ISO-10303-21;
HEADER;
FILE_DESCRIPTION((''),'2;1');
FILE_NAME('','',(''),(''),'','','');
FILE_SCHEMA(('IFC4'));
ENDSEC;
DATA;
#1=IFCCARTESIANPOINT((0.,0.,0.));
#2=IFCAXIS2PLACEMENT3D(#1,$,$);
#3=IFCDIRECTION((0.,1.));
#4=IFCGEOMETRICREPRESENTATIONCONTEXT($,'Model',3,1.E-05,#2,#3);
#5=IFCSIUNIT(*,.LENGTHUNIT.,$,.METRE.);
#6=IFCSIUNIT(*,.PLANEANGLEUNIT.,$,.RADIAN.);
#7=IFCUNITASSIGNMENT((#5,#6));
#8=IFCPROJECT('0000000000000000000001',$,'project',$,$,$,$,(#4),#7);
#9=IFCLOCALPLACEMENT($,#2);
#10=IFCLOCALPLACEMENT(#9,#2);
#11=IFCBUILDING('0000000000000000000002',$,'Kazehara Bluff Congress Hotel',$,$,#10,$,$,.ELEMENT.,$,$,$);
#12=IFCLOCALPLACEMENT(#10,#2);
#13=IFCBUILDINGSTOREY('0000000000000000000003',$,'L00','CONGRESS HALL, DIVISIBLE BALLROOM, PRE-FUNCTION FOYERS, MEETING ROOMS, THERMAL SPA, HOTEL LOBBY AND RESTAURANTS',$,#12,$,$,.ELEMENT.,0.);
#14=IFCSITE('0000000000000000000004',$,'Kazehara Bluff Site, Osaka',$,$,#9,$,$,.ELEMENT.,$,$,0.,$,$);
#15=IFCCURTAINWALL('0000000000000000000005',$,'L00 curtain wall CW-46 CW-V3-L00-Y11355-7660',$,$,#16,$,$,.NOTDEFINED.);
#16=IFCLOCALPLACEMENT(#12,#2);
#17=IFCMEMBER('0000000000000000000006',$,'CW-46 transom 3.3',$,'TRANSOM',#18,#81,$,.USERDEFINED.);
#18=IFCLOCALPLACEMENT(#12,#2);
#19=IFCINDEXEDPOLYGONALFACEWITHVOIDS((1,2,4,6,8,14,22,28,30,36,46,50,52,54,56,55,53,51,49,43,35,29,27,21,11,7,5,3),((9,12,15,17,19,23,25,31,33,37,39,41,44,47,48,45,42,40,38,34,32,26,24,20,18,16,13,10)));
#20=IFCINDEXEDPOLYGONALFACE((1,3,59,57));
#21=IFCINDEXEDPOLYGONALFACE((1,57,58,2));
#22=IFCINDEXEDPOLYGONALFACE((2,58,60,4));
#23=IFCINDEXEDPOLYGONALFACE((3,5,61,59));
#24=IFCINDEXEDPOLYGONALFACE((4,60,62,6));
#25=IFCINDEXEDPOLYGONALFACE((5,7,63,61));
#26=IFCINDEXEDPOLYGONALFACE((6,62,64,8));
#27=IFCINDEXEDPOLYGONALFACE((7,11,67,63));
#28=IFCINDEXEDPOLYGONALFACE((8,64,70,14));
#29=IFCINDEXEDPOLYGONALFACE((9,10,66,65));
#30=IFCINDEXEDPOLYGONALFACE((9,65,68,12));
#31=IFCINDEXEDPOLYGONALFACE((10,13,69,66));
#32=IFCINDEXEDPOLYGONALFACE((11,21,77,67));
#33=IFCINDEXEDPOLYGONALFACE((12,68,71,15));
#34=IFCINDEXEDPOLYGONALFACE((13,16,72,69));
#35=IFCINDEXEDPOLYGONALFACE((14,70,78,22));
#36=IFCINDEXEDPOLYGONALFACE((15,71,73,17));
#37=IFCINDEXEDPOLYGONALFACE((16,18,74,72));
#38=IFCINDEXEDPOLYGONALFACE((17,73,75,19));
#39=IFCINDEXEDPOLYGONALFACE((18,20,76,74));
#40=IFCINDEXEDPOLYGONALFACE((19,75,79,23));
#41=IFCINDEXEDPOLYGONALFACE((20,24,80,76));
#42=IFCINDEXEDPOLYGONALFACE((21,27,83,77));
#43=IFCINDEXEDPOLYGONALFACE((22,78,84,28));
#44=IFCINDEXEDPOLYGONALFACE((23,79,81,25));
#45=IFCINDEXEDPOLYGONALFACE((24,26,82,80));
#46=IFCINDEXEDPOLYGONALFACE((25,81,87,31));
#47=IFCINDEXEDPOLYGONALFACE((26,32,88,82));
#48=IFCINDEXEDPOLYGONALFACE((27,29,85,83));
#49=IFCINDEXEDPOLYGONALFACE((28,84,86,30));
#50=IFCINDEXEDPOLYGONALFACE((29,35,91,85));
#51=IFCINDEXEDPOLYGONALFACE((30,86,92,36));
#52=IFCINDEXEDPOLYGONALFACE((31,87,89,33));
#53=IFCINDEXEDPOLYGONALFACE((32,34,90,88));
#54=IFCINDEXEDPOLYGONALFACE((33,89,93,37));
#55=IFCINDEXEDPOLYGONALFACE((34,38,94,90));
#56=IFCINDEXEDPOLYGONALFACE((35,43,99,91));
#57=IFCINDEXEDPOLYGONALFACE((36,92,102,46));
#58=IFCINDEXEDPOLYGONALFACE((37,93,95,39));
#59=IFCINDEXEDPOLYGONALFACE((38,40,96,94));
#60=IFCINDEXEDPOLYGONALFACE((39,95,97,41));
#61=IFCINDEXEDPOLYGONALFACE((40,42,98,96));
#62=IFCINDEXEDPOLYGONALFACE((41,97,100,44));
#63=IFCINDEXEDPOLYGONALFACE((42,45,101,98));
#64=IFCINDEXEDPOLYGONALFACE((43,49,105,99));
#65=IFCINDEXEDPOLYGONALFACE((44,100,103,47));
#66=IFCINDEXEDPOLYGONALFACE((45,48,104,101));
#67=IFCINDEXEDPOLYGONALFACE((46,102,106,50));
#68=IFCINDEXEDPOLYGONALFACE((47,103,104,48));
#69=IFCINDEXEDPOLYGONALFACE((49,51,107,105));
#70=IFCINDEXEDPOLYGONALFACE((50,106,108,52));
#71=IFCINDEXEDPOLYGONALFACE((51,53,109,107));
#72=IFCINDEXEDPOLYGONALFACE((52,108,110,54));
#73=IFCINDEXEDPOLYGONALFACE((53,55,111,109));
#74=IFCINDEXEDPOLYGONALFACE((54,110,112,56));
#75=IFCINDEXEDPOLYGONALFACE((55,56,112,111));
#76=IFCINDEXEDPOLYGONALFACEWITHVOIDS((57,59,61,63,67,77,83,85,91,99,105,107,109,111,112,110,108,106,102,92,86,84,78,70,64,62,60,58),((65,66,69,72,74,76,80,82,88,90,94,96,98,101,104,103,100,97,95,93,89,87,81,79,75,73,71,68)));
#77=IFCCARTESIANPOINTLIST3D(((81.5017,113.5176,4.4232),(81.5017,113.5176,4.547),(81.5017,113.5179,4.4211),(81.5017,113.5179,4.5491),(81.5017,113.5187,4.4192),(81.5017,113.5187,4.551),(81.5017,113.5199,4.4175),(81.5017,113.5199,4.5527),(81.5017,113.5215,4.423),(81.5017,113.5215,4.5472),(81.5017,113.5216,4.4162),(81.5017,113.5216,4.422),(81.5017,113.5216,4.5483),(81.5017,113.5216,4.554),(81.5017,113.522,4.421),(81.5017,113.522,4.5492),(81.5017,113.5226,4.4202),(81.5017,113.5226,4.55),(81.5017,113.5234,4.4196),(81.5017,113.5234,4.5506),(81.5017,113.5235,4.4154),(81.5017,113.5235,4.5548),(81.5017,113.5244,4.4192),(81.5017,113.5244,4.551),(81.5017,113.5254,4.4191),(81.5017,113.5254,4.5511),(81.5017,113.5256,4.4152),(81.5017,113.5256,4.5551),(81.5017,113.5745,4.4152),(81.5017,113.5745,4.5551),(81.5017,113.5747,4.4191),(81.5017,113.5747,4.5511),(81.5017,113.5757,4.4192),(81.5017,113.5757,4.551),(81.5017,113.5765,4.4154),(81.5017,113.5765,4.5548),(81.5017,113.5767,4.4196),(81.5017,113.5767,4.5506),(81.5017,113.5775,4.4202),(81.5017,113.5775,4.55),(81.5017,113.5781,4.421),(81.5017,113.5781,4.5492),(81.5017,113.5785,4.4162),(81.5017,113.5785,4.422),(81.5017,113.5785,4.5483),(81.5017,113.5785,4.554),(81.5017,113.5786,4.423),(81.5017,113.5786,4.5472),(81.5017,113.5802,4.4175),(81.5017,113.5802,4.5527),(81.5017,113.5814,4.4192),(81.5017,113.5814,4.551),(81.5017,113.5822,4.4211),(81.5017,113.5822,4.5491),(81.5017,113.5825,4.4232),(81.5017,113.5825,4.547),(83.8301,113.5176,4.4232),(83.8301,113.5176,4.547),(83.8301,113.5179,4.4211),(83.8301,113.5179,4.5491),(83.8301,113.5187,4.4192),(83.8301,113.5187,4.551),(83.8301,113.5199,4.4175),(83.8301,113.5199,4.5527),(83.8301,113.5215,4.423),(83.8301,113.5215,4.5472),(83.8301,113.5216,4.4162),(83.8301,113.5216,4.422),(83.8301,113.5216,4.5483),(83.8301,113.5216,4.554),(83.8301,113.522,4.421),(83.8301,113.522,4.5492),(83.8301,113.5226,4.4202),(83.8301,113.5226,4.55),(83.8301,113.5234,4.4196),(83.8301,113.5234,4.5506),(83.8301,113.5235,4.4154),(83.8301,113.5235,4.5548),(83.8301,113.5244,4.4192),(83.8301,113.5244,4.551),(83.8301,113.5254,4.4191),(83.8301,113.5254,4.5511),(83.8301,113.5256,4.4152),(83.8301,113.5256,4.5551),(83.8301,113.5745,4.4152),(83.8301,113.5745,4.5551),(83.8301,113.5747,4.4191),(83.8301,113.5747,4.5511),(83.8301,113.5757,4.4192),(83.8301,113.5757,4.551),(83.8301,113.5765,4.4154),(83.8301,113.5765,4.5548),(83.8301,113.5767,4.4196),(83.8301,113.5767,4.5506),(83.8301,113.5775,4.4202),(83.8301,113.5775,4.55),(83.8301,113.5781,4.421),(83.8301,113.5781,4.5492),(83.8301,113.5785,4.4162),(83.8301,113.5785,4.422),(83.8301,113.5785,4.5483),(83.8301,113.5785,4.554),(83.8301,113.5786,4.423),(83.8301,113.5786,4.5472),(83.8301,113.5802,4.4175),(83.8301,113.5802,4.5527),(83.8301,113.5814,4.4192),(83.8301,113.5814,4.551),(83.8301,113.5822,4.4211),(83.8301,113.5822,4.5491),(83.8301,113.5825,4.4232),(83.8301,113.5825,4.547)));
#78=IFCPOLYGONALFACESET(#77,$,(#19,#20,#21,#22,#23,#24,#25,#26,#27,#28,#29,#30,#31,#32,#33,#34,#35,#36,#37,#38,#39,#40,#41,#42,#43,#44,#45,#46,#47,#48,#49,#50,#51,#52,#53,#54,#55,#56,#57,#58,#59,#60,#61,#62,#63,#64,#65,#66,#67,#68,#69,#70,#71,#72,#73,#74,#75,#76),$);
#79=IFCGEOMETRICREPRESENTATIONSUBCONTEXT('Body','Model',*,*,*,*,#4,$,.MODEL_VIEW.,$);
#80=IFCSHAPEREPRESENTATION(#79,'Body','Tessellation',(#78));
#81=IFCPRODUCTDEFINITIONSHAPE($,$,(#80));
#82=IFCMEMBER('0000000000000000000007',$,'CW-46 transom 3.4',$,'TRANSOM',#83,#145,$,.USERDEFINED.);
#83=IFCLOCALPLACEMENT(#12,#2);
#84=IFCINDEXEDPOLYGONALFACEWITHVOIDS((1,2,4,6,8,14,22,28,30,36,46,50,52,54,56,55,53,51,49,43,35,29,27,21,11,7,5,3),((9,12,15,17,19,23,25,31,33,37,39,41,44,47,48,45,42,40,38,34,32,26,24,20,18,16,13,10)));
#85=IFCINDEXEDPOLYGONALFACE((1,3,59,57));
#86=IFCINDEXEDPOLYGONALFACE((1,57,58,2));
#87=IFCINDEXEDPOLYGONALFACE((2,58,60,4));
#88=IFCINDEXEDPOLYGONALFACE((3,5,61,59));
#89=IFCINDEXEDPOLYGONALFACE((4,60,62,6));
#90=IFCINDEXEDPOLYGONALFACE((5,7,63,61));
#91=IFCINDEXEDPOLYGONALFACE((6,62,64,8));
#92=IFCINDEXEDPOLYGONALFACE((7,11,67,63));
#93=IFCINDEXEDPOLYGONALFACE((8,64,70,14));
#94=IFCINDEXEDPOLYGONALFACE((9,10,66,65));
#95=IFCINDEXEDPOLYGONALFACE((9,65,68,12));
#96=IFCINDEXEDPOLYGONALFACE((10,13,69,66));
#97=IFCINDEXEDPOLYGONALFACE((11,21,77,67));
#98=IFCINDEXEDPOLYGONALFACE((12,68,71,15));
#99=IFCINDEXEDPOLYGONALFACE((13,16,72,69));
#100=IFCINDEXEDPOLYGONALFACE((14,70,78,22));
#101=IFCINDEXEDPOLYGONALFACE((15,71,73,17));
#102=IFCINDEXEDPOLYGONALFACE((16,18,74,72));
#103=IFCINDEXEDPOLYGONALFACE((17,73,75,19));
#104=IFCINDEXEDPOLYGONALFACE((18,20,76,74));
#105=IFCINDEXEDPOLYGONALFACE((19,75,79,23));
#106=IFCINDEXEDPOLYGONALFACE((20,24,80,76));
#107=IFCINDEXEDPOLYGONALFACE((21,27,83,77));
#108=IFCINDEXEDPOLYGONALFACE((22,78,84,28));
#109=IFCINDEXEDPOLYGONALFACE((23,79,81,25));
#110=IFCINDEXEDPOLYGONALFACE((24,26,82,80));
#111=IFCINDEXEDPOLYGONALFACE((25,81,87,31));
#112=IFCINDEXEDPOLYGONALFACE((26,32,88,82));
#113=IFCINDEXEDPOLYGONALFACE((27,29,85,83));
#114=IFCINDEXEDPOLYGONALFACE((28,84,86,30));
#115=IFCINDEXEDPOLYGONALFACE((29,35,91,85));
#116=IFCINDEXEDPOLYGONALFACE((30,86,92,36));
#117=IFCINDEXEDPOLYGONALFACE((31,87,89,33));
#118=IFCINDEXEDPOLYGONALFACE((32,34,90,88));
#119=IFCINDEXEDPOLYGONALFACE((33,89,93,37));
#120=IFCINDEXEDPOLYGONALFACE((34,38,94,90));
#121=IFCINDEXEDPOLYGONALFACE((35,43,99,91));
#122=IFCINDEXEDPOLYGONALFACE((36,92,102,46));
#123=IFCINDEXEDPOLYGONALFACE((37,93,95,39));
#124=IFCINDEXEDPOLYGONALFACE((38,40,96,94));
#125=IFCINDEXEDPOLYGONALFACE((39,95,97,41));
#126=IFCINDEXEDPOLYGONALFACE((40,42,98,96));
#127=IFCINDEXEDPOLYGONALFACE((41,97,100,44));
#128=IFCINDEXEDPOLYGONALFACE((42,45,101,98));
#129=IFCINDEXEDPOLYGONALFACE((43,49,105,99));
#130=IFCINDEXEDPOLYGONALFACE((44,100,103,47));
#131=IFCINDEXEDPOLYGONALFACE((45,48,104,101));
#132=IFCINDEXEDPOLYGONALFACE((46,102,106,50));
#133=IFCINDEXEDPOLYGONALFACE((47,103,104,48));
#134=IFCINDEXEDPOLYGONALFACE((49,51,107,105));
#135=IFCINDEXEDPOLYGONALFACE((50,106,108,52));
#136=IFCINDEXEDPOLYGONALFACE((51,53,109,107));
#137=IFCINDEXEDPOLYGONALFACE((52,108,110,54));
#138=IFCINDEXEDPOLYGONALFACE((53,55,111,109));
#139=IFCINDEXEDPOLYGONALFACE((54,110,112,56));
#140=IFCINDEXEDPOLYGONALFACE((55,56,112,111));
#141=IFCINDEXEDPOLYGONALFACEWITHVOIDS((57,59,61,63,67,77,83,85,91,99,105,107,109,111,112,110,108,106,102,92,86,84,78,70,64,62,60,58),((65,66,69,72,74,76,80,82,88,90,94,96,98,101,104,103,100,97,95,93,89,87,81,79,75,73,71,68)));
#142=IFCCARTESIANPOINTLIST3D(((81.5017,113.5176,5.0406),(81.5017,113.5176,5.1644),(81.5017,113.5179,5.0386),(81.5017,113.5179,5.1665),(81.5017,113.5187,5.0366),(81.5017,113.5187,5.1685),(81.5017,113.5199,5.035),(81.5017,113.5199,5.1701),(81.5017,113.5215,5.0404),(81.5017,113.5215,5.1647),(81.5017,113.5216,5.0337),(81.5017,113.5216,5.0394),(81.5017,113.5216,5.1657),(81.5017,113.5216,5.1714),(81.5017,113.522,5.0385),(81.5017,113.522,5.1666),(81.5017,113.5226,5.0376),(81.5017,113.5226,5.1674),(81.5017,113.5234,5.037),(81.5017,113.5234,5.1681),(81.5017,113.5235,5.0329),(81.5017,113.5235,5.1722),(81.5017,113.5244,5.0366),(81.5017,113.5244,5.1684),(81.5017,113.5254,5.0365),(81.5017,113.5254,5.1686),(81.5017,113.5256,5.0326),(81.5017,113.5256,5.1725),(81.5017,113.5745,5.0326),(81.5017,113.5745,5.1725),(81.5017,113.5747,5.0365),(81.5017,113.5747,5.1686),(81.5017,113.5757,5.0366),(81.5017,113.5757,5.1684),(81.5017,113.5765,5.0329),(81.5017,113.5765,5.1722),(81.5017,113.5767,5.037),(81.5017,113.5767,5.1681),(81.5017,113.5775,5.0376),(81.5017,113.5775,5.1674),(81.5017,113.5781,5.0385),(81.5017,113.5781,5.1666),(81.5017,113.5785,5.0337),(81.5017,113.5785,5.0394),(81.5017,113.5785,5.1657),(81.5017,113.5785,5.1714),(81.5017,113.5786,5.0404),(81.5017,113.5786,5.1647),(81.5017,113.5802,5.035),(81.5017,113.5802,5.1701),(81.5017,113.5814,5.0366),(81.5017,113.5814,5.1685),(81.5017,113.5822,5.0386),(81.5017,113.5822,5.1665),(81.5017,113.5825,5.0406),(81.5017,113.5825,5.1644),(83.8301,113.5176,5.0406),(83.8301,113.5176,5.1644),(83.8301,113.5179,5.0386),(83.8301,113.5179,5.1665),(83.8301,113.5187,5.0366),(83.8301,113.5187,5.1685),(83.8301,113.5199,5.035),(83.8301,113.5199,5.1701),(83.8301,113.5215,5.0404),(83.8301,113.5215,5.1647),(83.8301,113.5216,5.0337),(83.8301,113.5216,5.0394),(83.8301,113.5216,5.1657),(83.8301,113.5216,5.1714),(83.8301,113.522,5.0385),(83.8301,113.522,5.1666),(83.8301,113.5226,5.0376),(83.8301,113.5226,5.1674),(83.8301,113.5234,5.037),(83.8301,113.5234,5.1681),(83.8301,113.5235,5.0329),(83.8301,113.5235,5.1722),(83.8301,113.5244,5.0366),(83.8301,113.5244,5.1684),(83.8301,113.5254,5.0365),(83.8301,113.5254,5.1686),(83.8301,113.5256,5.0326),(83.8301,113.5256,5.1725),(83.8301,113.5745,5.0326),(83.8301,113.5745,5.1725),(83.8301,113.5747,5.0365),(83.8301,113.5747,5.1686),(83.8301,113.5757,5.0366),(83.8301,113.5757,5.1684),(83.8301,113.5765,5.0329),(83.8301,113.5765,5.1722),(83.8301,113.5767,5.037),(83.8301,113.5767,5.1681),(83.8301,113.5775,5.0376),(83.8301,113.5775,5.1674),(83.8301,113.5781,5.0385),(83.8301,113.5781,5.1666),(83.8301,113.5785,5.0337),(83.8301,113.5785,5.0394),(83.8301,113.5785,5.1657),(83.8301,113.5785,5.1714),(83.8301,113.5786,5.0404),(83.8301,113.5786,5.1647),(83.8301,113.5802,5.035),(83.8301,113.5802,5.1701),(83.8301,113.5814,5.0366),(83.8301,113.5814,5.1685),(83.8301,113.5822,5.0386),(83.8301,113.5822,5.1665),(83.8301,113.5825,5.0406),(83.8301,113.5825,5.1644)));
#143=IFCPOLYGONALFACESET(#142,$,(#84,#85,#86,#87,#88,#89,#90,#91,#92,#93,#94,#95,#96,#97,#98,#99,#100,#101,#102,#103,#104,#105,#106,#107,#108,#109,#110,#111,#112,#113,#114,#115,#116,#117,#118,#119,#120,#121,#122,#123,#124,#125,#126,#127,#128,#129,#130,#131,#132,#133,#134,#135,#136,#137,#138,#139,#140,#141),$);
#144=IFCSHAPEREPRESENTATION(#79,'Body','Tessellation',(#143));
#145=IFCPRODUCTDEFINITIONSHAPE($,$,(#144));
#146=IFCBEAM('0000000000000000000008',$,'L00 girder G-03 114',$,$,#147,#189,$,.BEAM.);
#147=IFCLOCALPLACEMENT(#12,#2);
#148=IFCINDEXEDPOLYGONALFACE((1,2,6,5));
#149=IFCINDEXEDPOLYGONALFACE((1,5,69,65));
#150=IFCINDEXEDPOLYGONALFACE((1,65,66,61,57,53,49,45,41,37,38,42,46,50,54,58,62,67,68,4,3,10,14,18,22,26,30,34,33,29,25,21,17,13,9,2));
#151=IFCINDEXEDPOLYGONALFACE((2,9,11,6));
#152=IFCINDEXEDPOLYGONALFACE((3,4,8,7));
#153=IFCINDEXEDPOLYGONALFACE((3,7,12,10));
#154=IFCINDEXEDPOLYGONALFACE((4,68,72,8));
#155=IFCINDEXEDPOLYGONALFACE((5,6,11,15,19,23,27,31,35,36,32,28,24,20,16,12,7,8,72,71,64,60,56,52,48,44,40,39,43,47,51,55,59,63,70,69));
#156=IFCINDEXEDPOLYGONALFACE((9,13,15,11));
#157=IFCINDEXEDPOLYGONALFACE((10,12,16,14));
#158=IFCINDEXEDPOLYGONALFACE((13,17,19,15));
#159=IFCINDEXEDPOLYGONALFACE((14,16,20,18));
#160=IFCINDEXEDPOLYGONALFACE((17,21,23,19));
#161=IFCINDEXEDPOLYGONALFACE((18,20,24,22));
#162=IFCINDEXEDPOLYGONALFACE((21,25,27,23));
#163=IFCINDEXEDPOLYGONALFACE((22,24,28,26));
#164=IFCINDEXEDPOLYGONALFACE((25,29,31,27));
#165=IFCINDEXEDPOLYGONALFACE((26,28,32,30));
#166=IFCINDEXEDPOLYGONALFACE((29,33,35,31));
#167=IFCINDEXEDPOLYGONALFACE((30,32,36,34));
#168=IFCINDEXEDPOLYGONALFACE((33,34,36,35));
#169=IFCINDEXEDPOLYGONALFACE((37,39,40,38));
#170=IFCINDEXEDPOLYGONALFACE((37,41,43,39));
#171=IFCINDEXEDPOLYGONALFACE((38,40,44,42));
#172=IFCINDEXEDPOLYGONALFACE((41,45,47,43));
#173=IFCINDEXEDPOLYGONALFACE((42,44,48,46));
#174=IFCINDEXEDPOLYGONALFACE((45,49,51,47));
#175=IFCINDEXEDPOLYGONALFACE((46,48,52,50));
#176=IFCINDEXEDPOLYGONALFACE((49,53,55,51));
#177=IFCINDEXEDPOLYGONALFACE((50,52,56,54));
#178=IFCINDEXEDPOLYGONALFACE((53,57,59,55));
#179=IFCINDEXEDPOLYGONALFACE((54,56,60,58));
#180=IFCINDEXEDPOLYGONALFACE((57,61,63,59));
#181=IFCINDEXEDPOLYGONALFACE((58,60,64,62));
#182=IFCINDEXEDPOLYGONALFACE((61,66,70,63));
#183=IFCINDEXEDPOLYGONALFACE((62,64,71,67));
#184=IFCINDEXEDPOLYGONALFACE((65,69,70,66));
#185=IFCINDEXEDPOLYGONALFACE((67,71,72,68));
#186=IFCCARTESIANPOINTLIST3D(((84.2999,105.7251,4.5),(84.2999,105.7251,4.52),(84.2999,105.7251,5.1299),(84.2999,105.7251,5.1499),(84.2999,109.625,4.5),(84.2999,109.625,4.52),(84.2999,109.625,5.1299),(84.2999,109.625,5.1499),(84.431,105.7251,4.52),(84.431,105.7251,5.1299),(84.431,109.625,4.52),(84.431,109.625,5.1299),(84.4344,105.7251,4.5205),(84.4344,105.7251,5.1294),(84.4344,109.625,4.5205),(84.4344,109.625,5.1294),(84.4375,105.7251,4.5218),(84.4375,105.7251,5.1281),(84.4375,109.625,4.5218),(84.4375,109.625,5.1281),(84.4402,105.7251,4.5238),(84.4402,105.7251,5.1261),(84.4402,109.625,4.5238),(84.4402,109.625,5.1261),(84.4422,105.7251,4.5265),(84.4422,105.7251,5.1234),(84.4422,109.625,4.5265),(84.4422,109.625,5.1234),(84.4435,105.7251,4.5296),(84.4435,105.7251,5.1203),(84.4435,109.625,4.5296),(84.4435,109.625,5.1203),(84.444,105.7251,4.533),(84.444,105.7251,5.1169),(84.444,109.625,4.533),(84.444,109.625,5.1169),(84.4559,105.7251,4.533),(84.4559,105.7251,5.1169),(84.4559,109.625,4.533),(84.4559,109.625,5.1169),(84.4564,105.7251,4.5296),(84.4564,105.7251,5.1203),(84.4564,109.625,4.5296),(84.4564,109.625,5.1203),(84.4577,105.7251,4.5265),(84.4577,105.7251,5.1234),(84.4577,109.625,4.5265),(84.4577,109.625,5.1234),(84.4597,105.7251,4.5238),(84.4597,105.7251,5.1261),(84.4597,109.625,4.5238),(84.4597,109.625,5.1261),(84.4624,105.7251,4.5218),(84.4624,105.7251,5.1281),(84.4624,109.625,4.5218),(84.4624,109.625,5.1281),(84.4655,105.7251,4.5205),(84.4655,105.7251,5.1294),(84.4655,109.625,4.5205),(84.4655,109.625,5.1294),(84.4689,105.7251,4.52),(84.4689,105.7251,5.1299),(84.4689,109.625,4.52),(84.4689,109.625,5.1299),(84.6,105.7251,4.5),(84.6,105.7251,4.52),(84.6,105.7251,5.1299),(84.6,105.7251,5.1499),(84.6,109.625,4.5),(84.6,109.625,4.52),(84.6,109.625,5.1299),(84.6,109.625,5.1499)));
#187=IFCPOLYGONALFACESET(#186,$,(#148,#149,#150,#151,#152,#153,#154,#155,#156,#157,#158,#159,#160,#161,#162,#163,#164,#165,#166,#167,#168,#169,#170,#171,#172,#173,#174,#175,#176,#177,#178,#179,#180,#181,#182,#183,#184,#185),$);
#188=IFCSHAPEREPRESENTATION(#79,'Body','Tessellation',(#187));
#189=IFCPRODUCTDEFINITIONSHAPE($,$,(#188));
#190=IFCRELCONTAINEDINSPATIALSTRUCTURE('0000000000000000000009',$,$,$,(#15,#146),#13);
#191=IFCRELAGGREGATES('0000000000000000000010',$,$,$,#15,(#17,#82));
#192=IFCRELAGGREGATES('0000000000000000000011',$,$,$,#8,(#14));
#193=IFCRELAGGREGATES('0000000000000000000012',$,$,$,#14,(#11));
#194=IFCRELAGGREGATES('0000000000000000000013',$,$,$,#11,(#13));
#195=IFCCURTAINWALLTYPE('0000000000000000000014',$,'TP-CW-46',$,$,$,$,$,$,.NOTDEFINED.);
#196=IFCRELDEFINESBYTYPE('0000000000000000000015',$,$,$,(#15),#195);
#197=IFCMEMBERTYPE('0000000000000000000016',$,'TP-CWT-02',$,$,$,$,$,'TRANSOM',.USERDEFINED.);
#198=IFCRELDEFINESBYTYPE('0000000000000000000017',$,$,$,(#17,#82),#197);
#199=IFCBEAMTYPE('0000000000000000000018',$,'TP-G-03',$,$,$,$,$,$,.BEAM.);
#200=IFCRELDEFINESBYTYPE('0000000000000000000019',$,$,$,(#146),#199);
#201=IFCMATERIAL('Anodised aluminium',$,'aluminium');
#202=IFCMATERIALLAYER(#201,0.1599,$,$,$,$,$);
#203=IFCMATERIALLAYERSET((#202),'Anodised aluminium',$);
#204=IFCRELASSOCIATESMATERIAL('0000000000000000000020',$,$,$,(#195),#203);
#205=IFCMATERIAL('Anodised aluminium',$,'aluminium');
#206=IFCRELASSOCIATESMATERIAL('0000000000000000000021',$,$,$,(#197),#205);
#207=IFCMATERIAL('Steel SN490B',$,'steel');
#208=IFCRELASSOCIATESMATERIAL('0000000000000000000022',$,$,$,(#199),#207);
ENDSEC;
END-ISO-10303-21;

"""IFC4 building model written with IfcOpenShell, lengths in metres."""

from ifc_helpers import new_model, si_unit, direction, frame, origin, origin_2d, place, context, subcontext, project, spatial, hollow_rectangle, i_section, extrude, material, layer, layer_set, material_profile, profile_set, type_object, element, aggregate, save


model = new_model("IFC4")

# Units and contexts
model_context = context("Model", 3, precision=1e-05, world=origin(), true_north=direction((0.0, 1.0)))
body_context = subcontext(model_context, "Body", "Model", "MODEL_VIEW")
ifc_project = project(units=[si_unit("LENGTHUNIT", "METRE"), si_unit("PLANEANGLEUNIT", "RADIAN")], contexts=[model_context])

# Site, building, storey
site_placement = place(None, origin())
site = spatial("IfcSite", under=ifc_project, at=site_placement, Name="Kazehara Bluff Site, Osaka", CompositionType="ELEMENT", RefElevation=0.0)
building_placement = place(site_placement, origin())
building = spatial("IfcBuilding", under=site, at=building_placement, Name="Kazehara Bluff Congress Hotel", CompositionType="ELEMENT")
storey_placement = place(building_placement, origin())
storey = spatial("IfcBuildingStorey", under=building, at=storey_placement, Name="L00", Description="CONGRESS HALL, DIVISIBLE BALLROOM, PRE-FUNCTION FOYERS, MEETING ROOMS, THERMAL SPA, HOTEL LOBBY AND RESTAURANTS", CompositionType="ELEMENT", Elevation=0.0)

# Curtain wall, members
ifc_material_1 = material(Name="Anodised aluminium", Category="aluminium")
ifc_layer_1 = layer(ifc_material_1, 0.1599)
ifc_layer_set_1 = layer_set([ifc_layer_1], Name="Anodised aluminium")
curtain_wall_type = type_object("IfcCurtainWallType", Name="TP-CW-46", PredefinedType="NOTDEFINED", material=ifc_layer_set_1)
curtain_wall_placement = place(storey_placement, origin())
curtain_wall = element("IfcCurtainWall", 1, at=curtain_wall_placement, inside=storey, type_object=curtain_wall_type, Name="L00 curtain wall CW-46 CW-V3-L00-Y11355-7660", PredefinedType="NOTDEFINED")
ifc_material_2 = material(Name="Anodised aluminium", Category="aluminium")
ifc_material_profile_1 = material_profile(ifc_material_2, hollow_rectangle(XDim=0.0649, YDim=0.1399, WallThickness=0.0039, InnerFilletRadius=0.0039, OuterFilletRadius=0.0081, at=origin_2d()))
ifc_profile_set_1 = profile_set([ifc_material_profile_1], Name="Anodised aluminium")
member_type_1 = type_object("IfcMemberType", Name="TP-CWT-02", ElementType="TRANSOM", PredefinedType="USERDEFINED", material=ifc_profile_set_1)
member_1_placement = place(storey_placement, frame((81.5017, 113.55, 4.4851), z_axis=(1.0, 0.0, 0.0), x_axis=(0.0, 1.0, 0.0)))
member_1 = element("IfcMember", 2, at=member_1_placement, type_object=member_type_1, Name="CW-46 transom 3.3", ObjectType="TRANSOM", PredefinedType="USERDEFINED", context=body_context, shape_type="SweptSolid", body=[
    extrude(hollow_rectangle(XDim=0.0649, YDim=0.1399, WallThickness=0.0039, InnerFilletRadius=0.0039, OuterFilletRadius=0.0081, at=origin_2d()), origin(), (0.0, 0.0, 1.0), 2.3284),
])
member_2_placement = place(storey_placement, frame((81.5017, 113.55, 5.1025), z_axis=(1.0, 0.0, 0.0), x_axis=(0.0, 1.0, 0.0)))
member_2 = element("IfcMember", 3, at=member_2_placement, type_object=member_type_1, Name="CW-46 transom 3.4", ObjectType="TRANSOM", PredefinedType="USERDEFINED", context=body_context, shape_type="SweptSolid", body=[
    extrude(hollow_rectangle(XDim=0.0649, YDim=0.1399, WallThickness=0.0039, InnerFilletRadius=0.0039, OuterFilletRadius=0.0081, at=origin_2d()), origin(), (0.0, 0.0, 1.0), 2.3284),
])

# Beam
ifc_material_3 = material(Name="Steel SN490B", Category="steel")
ifc_material_profile_2 = material_profile(ifc_material_3, i_section(OverallWidth=0.3, OverallDepth=0.6499, WebThickness=0.012, FlangeThickness=0.02, FilletRadius=0.0129, at=origin_2d()))
ifc_profile_set_2 = profile_set([ifc_material_profile_2], Name="Steel SN490B")
beam_type_1 = type_object("IfcBeamType", Name="TP-G-03", PredefinedType="BEAM", material=ifc_profile_set_2)
beam_placement = place(storey_placement, frame((84.45, 105.7251, 4.825), z_axis=(0.0, 1.0, 0.0), x_axis=(-1.0, 0.0, 0.0)))
element("IfcBeam", 4, at=beam_placement, inside=storey, type_object=beam_type_1, Name="L00 girder G-03 114", PredefinedType="BEAM", context=body_context, shape_type="SweptSolid", body=[
    extrude(i_section(OverallWidth=0.3, OverallDepth=0.6499, WebThickness=0.012, FlangeThickness=0.02, FilletRadius=0.0129, at=origin_2d()), origin(), (0.0, 0.0, 1.0), 3.8999),
])

aggregate(curtain_wall, [member_1, member_2])

save(model, "model.ifc")
